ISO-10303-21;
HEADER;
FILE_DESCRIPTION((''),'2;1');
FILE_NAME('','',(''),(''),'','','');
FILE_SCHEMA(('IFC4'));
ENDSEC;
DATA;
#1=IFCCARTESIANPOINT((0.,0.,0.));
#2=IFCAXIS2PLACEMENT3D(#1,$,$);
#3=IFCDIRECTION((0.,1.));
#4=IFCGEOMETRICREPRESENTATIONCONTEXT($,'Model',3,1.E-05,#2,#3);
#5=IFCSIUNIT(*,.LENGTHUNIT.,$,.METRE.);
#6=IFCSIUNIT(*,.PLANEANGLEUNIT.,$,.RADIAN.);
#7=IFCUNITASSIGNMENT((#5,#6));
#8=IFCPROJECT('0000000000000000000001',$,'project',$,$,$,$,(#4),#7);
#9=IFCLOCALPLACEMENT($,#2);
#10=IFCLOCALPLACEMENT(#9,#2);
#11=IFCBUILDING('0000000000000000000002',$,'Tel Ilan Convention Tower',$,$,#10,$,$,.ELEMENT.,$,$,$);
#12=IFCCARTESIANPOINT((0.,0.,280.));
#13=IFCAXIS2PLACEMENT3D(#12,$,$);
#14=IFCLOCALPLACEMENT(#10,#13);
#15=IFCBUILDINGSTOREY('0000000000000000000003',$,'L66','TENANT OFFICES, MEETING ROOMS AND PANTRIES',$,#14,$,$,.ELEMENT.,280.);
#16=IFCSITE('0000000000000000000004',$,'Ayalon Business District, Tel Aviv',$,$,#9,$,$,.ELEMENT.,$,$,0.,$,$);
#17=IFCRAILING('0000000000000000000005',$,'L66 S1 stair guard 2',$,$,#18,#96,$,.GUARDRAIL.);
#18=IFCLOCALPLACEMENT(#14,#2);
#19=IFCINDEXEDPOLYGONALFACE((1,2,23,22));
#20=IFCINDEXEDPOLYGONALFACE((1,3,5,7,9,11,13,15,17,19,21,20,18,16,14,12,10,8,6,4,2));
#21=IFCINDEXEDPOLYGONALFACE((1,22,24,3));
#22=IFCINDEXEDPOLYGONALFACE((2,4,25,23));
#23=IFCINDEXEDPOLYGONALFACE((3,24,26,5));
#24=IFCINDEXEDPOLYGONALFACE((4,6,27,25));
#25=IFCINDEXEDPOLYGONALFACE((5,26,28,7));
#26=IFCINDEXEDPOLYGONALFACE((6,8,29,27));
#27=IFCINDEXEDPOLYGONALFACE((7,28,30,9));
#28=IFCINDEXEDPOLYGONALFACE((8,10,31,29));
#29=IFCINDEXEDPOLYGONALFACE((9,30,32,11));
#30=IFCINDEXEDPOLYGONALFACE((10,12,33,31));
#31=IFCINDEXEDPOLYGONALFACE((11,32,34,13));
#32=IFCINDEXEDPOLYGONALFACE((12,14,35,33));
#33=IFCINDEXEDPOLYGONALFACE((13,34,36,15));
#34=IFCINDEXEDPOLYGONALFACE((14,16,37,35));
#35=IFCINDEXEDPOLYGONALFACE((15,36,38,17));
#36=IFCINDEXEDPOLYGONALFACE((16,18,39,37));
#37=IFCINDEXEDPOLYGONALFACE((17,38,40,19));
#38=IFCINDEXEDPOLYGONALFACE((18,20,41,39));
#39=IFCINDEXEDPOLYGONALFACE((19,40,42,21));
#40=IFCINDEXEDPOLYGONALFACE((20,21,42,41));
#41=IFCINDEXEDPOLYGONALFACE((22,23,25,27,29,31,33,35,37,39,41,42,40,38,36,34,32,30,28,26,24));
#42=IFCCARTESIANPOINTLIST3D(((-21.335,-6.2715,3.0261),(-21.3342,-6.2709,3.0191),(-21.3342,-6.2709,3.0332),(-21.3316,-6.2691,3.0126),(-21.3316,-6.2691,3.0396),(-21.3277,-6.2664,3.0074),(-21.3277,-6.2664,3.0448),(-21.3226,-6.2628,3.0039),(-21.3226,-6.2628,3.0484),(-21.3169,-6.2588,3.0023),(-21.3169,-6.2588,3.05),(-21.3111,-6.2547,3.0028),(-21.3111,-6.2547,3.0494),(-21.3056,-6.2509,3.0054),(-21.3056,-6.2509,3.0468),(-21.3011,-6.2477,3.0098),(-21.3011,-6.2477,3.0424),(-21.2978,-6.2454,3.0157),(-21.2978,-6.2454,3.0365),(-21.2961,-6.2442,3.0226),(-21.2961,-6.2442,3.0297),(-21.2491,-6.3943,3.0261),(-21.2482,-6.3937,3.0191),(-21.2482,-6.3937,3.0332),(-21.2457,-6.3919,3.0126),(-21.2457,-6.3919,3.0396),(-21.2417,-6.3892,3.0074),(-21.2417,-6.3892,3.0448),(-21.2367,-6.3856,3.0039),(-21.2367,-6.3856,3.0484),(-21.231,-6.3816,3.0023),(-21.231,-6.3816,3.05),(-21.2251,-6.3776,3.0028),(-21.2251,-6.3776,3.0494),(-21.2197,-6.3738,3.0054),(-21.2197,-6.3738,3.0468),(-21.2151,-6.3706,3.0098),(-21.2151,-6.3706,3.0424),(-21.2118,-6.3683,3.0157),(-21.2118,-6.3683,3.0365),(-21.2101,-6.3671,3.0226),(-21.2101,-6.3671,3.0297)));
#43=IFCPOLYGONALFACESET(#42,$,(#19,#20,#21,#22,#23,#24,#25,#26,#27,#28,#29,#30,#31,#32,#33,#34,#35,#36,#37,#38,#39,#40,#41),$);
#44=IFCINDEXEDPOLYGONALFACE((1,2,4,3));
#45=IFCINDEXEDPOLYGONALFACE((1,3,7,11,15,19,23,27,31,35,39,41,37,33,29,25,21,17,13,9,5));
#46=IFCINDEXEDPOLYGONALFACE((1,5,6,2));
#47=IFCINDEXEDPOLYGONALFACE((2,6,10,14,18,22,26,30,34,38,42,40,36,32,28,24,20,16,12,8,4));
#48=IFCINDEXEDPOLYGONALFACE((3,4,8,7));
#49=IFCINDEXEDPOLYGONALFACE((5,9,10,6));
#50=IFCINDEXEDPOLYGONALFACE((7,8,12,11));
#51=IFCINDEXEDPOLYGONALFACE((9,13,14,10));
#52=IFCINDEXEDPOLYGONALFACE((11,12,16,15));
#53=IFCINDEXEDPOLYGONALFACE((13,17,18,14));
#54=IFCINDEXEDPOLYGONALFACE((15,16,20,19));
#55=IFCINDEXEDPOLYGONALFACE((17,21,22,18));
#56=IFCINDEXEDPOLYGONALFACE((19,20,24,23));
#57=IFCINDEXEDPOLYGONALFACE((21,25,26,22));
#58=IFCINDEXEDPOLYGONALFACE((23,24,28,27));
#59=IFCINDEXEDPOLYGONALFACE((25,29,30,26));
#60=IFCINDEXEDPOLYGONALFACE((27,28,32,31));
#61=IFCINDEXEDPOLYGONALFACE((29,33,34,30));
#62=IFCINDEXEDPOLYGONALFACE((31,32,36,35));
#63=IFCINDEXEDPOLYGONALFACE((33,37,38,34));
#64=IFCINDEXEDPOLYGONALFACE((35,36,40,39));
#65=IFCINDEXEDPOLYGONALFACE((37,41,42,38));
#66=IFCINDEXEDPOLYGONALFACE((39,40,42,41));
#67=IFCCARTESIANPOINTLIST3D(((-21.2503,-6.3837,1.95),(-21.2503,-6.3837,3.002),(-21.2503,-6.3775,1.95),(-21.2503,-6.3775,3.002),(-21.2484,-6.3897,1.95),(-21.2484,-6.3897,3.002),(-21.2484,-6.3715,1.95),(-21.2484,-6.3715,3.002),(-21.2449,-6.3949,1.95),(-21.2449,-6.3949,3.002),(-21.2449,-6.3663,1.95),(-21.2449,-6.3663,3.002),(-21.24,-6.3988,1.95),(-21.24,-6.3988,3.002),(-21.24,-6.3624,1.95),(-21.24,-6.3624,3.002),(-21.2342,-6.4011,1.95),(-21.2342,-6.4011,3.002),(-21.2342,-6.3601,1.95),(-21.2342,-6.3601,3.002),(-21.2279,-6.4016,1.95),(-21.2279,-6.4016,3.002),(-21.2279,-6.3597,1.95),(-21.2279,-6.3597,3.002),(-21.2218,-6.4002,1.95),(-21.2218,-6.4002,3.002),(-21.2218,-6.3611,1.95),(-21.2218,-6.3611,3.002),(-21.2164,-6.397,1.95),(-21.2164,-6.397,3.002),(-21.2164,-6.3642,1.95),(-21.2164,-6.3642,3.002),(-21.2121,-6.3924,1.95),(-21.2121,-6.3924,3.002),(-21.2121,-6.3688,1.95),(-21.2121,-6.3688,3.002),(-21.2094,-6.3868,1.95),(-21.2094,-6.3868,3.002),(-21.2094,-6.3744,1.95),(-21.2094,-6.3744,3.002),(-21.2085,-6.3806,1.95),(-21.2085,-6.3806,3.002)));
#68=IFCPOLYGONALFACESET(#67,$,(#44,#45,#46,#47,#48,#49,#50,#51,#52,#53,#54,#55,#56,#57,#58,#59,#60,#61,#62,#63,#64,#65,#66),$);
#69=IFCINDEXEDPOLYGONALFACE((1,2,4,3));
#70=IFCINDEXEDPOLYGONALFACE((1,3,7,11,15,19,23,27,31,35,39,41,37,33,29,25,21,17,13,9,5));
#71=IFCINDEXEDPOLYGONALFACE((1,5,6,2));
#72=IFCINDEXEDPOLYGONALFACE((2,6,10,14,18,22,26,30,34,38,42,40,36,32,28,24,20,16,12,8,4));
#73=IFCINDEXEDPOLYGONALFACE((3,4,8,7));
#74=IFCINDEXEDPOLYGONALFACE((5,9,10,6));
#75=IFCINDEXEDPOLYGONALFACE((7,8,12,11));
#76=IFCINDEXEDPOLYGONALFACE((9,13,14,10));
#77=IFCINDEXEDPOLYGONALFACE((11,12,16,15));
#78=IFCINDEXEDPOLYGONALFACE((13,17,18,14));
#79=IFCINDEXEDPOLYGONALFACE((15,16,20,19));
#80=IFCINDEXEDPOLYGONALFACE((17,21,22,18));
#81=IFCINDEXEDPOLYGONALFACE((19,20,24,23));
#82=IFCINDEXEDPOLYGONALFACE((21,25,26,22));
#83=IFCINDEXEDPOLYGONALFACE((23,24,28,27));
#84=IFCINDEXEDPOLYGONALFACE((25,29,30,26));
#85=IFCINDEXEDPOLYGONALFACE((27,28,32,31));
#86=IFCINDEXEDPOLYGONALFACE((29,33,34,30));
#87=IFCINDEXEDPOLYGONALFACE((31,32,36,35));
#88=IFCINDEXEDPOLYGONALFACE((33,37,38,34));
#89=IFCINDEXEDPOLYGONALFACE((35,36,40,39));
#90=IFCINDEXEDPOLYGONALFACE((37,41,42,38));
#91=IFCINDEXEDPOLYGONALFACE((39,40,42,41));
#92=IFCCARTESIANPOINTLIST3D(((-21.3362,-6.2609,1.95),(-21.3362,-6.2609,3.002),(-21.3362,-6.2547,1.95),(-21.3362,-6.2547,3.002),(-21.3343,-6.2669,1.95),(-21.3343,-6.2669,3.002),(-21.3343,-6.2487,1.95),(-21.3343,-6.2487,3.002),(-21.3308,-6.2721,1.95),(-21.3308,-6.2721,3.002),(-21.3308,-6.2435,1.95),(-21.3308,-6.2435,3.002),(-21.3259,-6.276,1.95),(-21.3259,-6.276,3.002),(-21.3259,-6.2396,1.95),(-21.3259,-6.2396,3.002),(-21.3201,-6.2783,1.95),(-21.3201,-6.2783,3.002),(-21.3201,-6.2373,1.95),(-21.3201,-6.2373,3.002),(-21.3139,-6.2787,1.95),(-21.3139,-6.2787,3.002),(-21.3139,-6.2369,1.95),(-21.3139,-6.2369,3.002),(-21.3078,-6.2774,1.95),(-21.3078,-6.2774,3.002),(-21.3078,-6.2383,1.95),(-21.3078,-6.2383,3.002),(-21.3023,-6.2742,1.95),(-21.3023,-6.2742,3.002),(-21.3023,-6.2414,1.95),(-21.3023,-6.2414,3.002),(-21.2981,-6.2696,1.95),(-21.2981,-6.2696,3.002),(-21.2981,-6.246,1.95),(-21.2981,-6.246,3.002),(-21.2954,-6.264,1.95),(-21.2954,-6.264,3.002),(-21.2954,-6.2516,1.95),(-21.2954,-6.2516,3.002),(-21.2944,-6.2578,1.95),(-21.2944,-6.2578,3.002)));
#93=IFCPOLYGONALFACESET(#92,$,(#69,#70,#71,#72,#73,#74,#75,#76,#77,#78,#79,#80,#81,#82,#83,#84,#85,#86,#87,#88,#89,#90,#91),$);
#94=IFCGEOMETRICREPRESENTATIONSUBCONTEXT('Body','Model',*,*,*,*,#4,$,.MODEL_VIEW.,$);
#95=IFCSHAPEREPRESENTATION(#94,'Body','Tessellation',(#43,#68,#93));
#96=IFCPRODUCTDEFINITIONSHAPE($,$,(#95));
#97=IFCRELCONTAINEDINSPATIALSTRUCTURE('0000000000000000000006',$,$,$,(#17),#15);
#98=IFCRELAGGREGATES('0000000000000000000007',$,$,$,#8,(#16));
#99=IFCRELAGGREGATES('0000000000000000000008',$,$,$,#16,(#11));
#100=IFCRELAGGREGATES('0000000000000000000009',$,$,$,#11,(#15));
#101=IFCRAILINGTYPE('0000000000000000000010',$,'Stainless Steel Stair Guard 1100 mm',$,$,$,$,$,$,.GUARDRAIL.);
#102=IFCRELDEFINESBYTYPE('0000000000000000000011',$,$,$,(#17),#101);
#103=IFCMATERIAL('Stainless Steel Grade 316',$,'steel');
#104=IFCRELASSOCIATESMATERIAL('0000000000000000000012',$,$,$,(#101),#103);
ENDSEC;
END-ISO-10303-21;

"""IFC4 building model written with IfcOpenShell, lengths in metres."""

from ifc_helpers import new_model, si_unit, direction, frame, origin, origin_2d, place, context, subcontext, project, spatial, circle, extrude, material, type_object, element, save


model = new_model("IFC4")

# Units and contexts
model_context = context("Model", 3, precision=1e-05, world=origin(), true_north=direction((0.0, 1.0)))
body_context = subcontext(model_context, "Body", "Model", "MODEL_VIEW")
ifc_project = project(units=[si_unit("LENGTHUNIT", "METRE"), si_unit("PLANEANGLEUNIT", "RADIAN")], contexts=[model_context])

# Site, building, storey
site_placement = place(None, origin())
site = spatial("IfcSite", under=ifc_project, at=site_placement, Name="Ayalon Business District, Tel Aviv", CompositionType="ELEMENT", RefElevation=0.0)
building_placement = place(site_placement, origin())
building = spatial("IfcBuilding", under=site, at=building_placement, Name="Tel Ilan Convention Tower", CompositionType="ELEMENT")
storey_placement = place(building_placement, frame((0.0, 0.0, 280.0)))
storey = spatial("IfcBuildingStorey", under=building, at=storey_placement, Name="L66", Description="TENANT OFFICES, MEETING ROOMS AND PANTRIES", CompositionType="ELEMENT", Elevation=280.0)

# Railing
ifc_material_1 = material(Name="Stainless Steel Grade 316", Category="steel")
railing_type_1 = type_object("IfcRailingType", Name="Stainless Steel Stair Guard 1100 mm", PredefinedType="GUARDRAIL", material=ifc_material_1)
railing_1_placement = place(storey_placement, frame((-21.2295, -6.3806, 1.95)))
element("IfcRailing", 1, at=railing_1_placement, inside=storey, type_object=railing_type_1, Name="L66 S1 stair guard 2", PredefinedType="GUARDRAIL", context=body_context, shape_type="SweptSolid", body=[
    extrude(circle(Radius=0.0239, at=origin_2d()), frame((0.0, 0.0, 1.0762), z_axis=(-0.573353, 0.819308, 0.0), x_axis=(-0.819308, -0.573353, 0.0)), (0.0, 0.0, 1.0), 0.1499),
    extrude(circle(Radius=0.021, at=origin_2d()), origin(), (0.0, 0.0, 1.0), 1.052),
    extrude(circle(Radius=0.021, at=origin_2d()), frame((-0.0859, 0.1228, 0.0)), (0.0, 0.0, 1.0), 1.052),
])

save(model, "model.ifc")
